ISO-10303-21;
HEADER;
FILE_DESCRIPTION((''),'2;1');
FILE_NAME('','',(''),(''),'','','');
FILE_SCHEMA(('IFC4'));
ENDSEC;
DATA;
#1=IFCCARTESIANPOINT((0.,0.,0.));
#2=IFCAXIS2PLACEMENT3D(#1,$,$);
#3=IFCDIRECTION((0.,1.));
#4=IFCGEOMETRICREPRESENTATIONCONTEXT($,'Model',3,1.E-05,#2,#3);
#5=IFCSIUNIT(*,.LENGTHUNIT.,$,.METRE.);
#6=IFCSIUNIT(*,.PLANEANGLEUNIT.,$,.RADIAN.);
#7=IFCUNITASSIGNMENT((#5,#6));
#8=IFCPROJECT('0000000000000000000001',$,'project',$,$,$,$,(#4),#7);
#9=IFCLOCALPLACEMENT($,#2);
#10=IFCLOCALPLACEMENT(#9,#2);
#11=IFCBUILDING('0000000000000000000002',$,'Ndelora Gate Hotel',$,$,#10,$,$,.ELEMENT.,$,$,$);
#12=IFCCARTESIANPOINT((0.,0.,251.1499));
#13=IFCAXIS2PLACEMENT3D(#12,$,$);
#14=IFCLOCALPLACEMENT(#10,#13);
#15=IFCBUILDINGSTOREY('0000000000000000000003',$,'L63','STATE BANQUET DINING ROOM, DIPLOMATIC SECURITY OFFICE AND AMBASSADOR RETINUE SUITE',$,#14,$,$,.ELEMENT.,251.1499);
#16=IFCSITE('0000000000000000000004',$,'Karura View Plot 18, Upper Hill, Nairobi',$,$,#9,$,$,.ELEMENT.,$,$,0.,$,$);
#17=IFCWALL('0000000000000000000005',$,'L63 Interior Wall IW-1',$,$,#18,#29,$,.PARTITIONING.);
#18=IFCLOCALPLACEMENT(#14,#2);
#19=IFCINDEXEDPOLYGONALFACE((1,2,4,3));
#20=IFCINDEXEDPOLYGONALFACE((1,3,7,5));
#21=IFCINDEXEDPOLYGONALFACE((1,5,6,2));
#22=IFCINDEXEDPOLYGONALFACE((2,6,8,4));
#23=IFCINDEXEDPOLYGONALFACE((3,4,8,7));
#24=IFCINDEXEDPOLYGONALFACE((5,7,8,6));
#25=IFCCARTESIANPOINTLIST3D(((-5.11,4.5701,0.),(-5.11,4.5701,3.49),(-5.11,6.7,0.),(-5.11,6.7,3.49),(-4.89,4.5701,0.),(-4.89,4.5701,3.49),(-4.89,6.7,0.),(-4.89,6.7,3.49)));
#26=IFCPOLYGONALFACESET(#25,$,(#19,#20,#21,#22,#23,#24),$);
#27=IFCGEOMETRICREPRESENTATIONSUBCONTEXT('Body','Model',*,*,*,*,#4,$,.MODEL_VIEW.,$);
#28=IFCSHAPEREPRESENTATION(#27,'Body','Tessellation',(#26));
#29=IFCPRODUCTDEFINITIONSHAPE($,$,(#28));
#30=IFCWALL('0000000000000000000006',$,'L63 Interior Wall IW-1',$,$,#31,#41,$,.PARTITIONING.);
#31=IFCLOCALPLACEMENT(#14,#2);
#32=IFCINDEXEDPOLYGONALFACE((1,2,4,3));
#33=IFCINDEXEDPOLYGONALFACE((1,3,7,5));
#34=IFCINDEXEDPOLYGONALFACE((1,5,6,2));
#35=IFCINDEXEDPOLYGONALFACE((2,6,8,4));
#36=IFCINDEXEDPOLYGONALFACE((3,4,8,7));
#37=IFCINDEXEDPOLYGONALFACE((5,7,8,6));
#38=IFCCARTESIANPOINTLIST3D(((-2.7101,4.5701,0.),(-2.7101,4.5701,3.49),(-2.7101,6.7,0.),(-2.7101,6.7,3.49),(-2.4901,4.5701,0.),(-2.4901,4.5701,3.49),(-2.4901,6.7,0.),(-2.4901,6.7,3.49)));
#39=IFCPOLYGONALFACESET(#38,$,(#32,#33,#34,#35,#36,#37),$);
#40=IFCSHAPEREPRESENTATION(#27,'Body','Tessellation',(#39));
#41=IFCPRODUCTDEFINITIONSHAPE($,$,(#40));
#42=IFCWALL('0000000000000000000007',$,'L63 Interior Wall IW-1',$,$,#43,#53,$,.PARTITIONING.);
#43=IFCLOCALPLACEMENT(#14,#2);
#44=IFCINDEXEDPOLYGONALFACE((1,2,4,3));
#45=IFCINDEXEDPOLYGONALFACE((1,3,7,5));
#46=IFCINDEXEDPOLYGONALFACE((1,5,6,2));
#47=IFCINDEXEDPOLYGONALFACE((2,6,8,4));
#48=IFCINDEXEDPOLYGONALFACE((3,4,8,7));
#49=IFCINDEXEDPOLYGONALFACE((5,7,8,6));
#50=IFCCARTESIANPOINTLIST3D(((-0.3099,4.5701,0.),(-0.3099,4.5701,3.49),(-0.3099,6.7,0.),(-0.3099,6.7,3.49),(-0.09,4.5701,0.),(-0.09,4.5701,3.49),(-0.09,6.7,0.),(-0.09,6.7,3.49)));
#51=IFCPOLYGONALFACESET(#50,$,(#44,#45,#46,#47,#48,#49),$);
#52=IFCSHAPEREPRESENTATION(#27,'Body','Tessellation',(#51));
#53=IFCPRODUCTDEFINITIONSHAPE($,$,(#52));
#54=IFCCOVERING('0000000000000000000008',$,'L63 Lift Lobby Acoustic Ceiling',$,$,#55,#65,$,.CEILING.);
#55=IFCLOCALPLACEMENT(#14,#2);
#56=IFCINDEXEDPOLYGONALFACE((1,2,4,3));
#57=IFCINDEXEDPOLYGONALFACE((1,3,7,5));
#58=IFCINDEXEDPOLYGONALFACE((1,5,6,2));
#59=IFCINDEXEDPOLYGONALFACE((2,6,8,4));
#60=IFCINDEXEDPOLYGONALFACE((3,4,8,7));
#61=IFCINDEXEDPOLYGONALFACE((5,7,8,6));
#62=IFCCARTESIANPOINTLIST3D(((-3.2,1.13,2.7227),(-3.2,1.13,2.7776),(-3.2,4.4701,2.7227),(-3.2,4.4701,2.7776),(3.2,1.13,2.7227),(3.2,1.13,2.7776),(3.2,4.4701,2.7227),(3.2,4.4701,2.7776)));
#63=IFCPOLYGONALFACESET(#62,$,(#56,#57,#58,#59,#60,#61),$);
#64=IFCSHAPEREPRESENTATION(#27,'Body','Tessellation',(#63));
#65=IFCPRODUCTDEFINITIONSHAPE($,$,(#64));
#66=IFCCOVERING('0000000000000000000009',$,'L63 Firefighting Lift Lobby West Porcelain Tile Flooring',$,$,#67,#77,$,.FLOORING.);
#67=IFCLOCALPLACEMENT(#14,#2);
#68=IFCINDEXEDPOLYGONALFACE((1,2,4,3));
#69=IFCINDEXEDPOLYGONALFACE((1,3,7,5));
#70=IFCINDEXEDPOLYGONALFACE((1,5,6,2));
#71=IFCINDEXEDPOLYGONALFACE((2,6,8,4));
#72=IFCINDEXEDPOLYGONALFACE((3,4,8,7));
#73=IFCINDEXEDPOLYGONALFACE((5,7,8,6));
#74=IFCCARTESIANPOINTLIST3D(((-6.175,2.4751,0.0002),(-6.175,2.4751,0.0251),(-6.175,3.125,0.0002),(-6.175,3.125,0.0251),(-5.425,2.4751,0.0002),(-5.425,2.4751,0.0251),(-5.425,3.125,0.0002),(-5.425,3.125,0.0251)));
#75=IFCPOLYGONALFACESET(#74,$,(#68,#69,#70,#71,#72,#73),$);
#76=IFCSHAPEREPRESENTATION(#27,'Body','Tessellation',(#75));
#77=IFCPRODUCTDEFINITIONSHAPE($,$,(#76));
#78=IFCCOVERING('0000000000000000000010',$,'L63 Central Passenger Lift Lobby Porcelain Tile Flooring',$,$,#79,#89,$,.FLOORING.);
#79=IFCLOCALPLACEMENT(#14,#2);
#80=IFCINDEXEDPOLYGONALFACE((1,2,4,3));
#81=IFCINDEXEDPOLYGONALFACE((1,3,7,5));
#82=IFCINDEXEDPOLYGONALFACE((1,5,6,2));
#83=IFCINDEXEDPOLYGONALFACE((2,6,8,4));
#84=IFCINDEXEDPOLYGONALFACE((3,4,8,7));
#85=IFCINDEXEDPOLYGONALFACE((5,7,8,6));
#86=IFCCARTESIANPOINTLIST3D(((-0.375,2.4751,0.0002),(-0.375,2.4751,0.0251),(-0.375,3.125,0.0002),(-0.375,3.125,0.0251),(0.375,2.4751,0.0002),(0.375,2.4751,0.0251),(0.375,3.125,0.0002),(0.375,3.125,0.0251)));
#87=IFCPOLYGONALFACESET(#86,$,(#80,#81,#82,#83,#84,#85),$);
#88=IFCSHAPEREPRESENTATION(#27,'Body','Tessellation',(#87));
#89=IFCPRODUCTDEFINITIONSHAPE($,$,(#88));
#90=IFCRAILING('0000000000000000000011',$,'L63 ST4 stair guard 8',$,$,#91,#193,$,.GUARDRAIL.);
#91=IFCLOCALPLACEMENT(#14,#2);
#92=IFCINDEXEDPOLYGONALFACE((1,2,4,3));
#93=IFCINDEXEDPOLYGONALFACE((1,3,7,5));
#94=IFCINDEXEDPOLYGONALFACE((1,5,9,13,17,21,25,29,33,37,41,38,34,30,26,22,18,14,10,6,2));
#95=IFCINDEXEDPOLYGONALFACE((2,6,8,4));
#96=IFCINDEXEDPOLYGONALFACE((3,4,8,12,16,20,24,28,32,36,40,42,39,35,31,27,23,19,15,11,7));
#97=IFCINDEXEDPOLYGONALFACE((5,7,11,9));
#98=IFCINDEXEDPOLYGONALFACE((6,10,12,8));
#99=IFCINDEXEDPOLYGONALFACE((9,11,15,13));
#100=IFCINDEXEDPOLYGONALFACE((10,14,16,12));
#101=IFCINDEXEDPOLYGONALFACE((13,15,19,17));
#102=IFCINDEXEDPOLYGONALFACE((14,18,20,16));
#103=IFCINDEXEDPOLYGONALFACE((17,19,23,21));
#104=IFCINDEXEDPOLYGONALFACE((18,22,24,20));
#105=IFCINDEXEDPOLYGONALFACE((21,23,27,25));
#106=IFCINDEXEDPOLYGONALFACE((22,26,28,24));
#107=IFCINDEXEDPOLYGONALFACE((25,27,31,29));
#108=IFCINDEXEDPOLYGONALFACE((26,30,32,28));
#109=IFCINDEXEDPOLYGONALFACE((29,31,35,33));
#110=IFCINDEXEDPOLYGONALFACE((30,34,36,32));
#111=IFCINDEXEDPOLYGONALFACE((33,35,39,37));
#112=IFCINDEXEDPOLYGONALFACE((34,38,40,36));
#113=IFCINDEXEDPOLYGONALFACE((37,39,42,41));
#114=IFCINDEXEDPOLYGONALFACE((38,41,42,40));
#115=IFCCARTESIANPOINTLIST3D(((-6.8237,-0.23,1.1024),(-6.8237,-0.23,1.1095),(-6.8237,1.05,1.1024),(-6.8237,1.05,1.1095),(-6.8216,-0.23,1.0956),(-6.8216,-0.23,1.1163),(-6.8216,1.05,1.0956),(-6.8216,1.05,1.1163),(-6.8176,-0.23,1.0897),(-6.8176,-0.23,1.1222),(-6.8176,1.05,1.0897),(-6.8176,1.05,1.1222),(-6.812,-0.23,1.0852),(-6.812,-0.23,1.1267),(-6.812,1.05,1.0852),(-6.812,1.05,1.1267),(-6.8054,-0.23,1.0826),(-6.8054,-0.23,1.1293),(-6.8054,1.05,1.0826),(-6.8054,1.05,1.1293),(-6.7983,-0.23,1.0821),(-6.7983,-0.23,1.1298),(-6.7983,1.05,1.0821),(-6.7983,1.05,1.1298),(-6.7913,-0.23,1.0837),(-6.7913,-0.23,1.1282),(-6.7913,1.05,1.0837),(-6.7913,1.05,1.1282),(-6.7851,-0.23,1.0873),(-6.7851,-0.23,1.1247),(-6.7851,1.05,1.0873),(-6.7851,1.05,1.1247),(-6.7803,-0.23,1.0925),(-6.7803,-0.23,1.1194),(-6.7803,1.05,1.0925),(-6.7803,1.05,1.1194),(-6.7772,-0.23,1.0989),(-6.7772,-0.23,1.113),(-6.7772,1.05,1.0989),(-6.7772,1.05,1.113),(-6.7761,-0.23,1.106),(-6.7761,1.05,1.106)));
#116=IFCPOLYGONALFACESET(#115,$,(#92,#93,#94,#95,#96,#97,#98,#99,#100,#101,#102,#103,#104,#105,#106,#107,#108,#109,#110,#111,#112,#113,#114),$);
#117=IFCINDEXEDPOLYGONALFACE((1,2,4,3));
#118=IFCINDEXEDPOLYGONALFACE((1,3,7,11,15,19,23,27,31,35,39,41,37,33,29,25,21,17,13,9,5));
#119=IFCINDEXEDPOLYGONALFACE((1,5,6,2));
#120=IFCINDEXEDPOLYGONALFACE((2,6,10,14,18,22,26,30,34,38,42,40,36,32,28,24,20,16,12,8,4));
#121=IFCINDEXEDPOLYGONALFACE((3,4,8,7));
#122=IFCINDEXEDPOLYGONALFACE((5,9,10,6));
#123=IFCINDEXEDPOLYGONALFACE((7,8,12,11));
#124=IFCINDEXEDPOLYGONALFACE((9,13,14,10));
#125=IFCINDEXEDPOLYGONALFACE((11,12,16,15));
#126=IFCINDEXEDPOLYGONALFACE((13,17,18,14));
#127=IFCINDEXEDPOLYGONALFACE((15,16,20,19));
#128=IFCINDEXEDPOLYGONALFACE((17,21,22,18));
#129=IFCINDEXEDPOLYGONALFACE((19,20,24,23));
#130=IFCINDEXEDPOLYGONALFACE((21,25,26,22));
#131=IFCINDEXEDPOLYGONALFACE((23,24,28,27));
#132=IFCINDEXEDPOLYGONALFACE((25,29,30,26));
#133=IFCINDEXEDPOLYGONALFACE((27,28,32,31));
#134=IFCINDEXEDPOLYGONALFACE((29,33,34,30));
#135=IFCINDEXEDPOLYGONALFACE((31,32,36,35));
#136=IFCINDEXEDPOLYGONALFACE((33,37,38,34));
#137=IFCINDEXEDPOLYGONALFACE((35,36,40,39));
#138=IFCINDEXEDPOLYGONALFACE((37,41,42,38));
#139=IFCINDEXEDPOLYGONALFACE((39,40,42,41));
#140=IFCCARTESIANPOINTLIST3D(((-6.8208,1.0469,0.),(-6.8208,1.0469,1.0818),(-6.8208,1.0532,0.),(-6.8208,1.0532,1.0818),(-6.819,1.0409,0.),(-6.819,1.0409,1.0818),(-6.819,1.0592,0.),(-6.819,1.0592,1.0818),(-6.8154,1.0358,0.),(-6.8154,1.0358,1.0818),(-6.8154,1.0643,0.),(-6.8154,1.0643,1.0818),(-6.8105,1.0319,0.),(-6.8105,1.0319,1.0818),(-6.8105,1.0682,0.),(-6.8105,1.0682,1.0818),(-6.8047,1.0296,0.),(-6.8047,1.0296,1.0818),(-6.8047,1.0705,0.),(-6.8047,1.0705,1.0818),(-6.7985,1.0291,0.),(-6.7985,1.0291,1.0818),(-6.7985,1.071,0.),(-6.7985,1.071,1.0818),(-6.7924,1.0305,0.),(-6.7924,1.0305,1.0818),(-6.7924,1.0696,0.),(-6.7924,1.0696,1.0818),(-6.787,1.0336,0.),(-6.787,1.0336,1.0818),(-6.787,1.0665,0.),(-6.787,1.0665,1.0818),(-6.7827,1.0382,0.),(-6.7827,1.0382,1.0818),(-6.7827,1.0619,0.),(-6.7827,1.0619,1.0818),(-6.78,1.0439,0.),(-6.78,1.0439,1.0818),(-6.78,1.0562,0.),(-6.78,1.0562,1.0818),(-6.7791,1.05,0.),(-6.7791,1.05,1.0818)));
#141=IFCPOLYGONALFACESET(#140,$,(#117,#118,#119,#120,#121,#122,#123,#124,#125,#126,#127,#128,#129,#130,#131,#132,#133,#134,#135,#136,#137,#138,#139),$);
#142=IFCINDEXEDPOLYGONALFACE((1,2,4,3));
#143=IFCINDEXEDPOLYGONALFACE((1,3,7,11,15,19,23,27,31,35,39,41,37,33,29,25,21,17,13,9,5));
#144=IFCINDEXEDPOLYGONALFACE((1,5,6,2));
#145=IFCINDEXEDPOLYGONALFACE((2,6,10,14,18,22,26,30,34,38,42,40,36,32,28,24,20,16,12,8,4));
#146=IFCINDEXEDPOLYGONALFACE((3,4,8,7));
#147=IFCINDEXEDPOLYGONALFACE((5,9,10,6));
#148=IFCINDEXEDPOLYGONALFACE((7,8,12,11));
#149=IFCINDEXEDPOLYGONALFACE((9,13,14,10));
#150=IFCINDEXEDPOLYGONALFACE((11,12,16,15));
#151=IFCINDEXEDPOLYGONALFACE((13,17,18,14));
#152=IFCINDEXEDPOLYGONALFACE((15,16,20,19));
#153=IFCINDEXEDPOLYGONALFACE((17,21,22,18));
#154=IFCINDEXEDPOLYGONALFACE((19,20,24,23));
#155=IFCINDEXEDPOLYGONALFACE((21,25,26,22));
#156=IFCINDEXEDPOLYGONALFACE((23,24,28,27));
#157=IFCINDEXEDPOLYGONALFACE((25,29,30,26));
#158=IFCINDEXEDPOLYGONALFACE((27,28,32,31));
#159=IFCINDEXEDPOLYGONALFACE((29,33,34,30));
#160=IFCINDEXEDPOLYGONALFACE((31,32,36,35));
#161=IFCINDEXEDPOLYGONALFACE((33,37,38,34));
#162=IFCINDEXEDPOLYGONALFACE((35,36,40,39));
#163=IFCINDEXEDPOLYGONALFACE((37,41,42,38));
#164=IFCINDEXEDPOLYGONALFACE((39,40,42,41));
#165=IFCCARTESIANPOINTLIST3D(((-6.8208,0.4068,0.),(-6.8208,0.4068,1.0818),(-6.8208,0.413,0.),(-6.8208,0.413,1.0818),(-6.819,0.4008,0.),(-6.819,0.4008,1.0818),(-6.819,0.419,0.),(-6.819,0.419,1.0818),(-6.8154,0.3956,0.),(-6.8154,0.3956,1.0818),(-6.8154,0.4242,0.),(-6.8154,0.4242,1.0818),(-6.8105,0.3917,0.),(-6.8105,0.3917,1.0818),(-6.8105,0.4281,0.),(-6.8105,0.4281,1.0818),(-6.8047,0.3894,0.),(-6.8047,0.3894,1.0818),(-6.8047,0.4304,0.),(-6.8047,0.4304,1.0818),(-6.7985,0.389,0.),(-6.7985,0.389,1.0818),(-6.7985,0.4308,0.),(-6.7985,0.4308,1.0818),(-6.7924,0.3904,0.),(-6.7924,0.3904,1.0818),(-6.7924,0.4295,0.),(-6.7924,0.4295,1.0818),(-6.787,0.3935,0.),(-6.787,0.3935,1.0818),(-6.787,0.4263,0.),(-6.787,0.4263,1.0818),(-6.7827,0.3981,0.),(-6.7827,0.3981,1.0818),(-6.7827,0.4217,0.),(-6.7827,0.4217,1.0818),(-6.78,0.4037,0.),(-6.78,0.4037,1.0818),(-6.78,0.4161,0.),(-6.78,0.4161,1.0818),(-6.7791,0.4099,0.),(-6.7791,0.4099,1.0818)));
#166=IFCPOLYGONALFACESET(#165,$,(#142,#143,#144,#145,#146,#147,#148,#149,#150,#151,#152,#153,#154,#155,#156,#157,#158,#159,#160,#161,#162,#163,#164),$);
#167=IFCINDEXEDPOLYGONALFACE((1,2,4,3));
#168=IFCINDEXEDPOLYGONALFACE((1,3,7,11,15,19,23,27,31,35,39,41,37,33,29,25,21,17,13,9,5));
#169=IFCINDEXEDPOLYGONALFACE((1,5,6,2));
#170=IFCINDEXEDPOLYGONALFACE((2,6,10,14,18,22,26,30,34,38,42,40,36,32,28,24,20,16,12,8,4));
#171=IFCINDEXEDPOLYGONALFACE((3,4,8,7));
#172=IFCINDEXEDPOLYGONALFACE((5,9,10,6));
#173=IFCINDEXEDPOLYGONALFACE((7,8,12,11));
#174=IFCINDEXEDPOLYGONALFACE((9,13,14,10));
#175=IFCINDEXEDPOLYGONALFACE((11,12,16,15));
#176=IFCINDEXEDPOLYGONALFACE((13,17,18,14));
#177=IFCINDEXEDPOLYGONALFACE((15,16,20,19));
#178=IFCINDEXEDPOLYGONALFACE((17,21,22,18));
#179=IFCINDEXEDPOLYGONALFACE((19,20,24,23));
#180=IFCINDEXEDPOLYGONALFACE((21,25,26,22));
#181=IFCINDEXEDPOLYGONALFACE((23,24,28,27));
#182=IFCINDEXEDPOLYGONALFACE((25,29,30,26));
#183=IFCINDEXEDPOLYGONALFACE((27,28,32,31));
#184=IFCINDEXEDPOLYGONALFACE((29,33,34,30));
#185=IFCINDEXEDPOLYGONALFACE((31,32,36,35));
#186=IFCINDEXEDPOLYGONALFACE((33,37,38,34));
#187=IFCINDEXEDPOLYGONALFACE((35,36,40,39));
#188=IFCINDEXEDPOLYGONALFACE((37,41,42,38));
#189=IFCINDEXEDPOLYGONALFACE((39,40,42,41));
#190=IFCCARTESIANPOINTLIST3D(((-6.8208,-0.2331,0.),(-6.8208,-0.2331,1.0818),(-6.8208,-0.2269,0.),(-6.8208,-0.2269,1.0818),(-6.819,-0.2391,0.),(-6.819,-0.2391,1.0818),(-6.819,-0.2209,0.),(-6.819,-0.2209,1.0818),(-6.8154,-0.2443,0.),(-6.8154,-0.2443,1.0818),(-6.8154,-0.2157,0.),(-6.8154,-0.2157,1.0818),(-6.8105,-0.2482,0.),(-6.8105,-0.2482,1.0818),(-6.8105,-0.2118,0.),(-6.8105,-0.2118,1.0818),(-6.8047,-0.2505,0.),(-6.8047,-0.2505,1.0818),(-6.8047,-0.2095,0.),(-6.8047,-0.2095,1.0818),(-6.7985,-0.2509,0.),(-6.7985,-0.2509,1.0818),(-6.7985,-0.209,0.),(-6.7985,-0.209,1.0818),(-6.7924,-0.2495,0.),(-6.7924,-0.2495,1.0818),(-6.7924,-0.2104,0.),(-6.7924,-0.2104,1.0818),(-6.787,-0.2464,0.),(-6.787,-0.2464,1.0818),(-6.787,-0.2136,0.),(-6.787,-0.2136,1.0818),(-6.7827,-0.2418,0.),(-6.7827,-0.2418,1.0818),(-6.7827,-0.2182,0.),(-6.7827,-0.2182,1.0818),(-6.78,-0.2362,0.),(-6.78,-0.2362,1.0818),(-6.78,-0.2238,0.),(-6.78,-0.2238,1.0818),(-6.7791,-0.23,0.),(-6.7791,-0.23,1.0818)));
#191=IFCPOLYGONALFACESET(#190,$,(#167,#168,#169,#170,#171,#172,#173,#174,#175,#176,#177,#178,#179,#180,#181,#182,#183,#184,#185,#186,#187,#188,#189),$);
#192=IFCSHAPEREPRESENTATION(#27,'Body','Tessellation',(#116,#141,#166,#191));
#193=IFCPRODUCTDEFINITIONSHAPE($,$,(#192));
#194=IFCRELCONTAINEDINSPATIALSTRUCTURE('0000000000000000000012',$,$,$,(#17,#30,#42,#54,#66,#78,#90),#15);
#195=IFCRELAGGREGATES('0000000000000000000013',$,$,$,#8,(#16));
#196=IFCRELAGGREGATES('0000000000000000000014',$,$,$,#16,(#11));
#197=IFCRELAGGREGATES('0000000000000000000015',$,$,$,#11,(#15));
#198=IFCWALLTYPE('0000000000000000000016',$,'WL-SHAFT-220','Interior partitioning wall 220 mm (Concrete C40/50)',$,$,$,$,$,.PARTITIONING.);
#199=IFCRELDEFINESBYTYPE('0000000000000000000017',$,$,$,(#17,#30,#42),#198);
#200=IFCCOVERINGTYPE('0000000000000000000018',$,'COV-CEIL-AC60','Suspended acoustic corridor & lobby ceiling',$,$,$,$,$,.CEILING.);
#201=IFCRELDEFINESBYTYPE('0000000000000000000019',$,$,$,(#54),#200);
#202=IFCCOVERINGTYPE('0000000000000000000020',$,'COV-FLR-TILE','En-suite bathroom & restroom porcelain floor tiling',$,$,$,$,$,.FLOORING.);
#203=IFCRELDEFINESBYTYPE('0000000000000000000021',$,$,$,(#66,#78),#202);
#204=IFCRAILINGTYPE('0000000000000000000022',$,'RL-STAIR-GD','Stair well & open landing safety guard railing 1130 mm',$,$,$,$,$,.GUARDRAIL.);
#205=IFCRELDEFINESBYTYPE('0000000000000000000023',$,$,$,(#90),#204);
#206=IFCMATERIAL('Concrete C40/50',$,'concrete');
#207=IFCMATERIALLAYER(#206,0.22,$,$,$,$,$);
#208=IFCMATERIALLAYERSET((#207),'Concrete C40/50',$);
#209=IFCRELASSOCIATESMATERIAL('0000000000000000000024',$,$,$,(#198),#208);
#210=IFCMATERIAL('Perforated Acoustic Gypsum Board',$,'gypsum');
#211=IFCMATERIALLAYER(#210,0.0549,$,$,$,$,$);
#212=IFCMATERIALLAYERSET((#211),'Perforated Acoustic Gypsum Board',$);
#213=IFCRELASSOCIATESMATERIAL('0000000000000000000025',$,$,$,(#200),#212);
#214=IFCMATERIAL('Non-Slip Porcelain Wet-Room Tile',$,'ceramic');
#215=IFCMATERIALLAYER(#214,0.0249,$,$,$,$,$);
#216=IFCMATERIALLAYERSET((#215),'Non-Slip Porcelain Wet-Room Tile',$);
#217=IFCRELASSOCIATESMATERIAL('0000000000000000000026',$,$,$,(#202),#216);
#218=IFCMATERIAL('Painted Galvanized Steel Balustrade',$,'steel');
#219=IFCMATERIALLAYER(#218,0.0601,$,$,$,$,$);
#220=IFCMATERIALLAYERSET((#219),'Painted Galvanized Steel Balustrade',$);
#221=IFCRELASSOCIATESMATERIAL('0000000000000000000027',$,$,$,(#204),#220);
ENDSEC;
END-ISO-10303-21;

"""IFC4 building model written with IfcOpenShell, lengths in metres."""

from ifc_helpers import new_model, si_unit, direction, frame, frame_2d, origin, origin_2d, place, context, subcontext, project, spatial, rectangle, circle, extrude, material, layer, layer_set, type_object, element, save


model = new_model("IFC4")

# Units and contexts
model_context = context("Model", 3, precision=1e-05, world=origin(), true_north=direction((0.0, 1.0)))
body_context = subcontext(model_context, "Body", "Model", "MODEL_VIEW")
ifc_project = project(units=[si_unit("LENGTHUNIT", "METRE"), si_unit("PLANEANGLEUNIT", "RADIAN")], contexts=[model_context])

# Site, building, storey
site_placement = place(None, origin())
site = spatial("IfcSite", under=ifc_project, at=site_placement, Name="Karura View Plot 18, Upper Hill, Nairobi", CompositionType="ELEMENT", RefElevation=0.0)
building_placement = place(site_placement, origin())
building = spatial("IfcBuilding", under=site, at=building_placement, Name="Ndelora Gate Hotel", CompositionType="ELEMENT")
storey_placement = place(building_placement, frame((0.0, 0.0, 251.1499)))
storey = spatial("IfcBuildingStorey", under=building, at=storey_placement, Name="L63", Description="STATE BANQUET DINING ROOM, DIPLOMATIC SECURITY OFFICE AND AMBASSADOR RETINUE SUITE", CompositionType="ELEMENT", Elevation=251.1499)

# Shared definitions
ifc_material_1 = material(Name="Concrete C40/50", Category="concrete")

# Shared definitions
ifc_layer_1 = layer(ifc_material_1, 0.22)
ifc_layer_set_1 = layer_set([ifc_layer_1], Name="Concrete C40/50")
wall_type_1 = type_object("IfcWallType", Name="WL-SHAFT-220", Description="Interior partitioning wall 220 mm (Concrete C40/50)", PredefinedType="PARTITIONING", material=ifc_layer_set_1)

# Walls
for number, where, z_axis, x_axis, name in (
    (1, (-5.0, 4.5701, 0.0), (0.0, 0.0, 1.0), (0.0, 1.0, 0.0), "L63 Interior Wall IW-1"),
    (2, (-2.6001, 4.5701, 0.0), (0.0, 0.0, 1.0), (0.0, 1.0, 0.0), "L63 Interior Wall IW-1"),
):
    element("IfcWall", number, at=place(storey_placement, frame(where, z_axis=z_axis, x_axis=x_axis)), inside=storey, type_object=wall_type_1, Name=name, PredefinedType="PARTITIONING", context=body_context, shape_type="SweptSolid", body=[
        extrude(rectangle(XDim=2.1299, YDim=0.22, at=frame_2d((1.0649, 0.0))), origin(), (0.0, 0.0, 1.0), 3.49),
    ])

# Wall
wall_1_placement = place(storey_placement, frame((-0.2, 4.5701, 0.0), z_axis=(0.0, 0.0, 1.0), x_axis=(0.0, 1.0, 0.0)))
element("IfcWall", 3, at=wall_1_placement, inside=storey, type_object=wall_type_1, Name="L63 Interior Wall IW-1", PredefinedType="PARTITIONING", context=body_context, shape_type="SweptSolid", body=[
    extrude(rectangle(XDim=2.1299, YDim=0.22, at=frame_2d((1.0649, 0.0))), origin(), (0.0, 0.0, 1.0), 3.49),
])

# Coverings
ifc_material_2 = material(Name="Perforated Acoustic Gypsum Board", Category="gypsum")
ifc_layer_2 = layer(ifc_material_2, 0.0549)
ifc_layer_set_2 = layer_set([ifc_layer_2], Name="Perforated Acoustic Gypsum Board")
covering_type_1 = type_object("IfcCoveringType", Name="COV-CEIL-AC60", Description="Suspended acoustic corridor & lobby ceiling", PredefinedType="CEILING", material=ifc_layer_set_2)
covering_placement = place(storey_placement, frame((0.0, 2.8, 2.7227), z_axis=(0.0, 0.0, 1.0), x_axis=(1.0, 0.0, 0.0)))
element("IfcCovering", 4, at=covering_placement, inside=storey, type_object=covering_type_1, Name="L63 Lift Lobby Acoustic Ceiling", PredefinedType="CEILING", context=body_context, shape_type="SweptSolid", body=[
    extrude(rectangle(XDim=6.3999, YDim=3.3401, at=origin_2d()), origin(), (0.0, 0.0, 1.0), 0.0549),
])
ifc_material_3 = material(Name="Non-Slip Porcelain Wet-Room Tile", Category="ceramic")
ifc_layer_3 = layer(ifc_material_3, 0.0249)
ifc_layer_set_3 = layer_set([ifc_layer_3], Name="Non-Slip Porcelain Wet-Room Tile")
covering_type_2 = type_object("IfcCoveringType", Name="COV-FLR-TILE", Description="En-suite bathroom & restroom porcelain floor tiling", PredefinedType="FLOORING", material=ifc_layer_set_3)
for number, where, z_axis, x_axis, name in (
    (5, (-5.8, 2.8, 0.0002), (0.0, 0.0, 1.0), (1.0, 0.0, 0.0), "L63 Firefighting Lift Lobby West Porcelain Tile Flooring"),
    (6, (0.0, 2.8, 0.0002), (0.0, 0.0, 1.0), (1.0, 0.0, 0.0), "L63 Central Passenger Lift Lobby Porcelain Tile Flooring"),
):
    element("IfcCovering", number, at=place(storey_placement, frame(where, z_axis=z_axis, x_axis=x_axis)), inside=storey, type_object=covering_type_2, Name=name, PredefinedType="FLOORING", context=body_context, shape_type="SweptSolid", body=[
        extrude(rectangle(XDim=0.75, YDim=0.6499, at=origin_2d()), origin(), (0.0, 0.0, 1.0), 0.0249),
    ])

# Railing
ifc_material_4 = material(Name="Painted Galvanized Steel Balustrade", Category="steel")
ifc_layer_4 = layer(ifc_material_4, 0.0601)
ifc_layer_set_4 = layer_set([ifc_layer_4], Name="Painted Galvanized Steel Balustrade")
railing_type = type_object("IfcRailingType", Name="RL-STAIR-GD", Description="Stair well & open landing safety guard railing 1130 mm", PredefinedType="GUARDRAIL", material=ifc_layer_set_4)
for number, where, name in (
    (7, (-6.8, 1.05, 0.0), "L63 ST4 stair guard 8"),
):
    element("IfcRailing", number, at=place(storey_placement, frame(where)), inside=storey, type_object=railing_type, Name=name, PredefinedType="GUARDRAIL", context=body_context, shape_type="SweptSolid", body=[
        extrude(circle(Radius=0.0239, at=origin_2d()), frame((0.0, 0.0, 1.106), z_axis=(0.0, -1.0, 0.0), x_axis=(1.0, 0.0, 0.0)), (0.0, 0.0, 1.0), 1.28),
        extrude(circle(Radius=0.021, at=origin_2d()), origin(), (0.0, 0.0, 1.0), 1.0818),
        extrude(circle(Radius=0.021, at=origin_2d()), frame((0.0, -0.6401, 0.0)), (0.0, 0.0, 1.0), 1.0818),
        extrude(circle(Radius=0.021, at=origin_2d()), frame((0.0, -1.28, 0.0)), (0.0, 0.0, 1.0), 1.0818),
    ])

save(model, "model.ifc")
